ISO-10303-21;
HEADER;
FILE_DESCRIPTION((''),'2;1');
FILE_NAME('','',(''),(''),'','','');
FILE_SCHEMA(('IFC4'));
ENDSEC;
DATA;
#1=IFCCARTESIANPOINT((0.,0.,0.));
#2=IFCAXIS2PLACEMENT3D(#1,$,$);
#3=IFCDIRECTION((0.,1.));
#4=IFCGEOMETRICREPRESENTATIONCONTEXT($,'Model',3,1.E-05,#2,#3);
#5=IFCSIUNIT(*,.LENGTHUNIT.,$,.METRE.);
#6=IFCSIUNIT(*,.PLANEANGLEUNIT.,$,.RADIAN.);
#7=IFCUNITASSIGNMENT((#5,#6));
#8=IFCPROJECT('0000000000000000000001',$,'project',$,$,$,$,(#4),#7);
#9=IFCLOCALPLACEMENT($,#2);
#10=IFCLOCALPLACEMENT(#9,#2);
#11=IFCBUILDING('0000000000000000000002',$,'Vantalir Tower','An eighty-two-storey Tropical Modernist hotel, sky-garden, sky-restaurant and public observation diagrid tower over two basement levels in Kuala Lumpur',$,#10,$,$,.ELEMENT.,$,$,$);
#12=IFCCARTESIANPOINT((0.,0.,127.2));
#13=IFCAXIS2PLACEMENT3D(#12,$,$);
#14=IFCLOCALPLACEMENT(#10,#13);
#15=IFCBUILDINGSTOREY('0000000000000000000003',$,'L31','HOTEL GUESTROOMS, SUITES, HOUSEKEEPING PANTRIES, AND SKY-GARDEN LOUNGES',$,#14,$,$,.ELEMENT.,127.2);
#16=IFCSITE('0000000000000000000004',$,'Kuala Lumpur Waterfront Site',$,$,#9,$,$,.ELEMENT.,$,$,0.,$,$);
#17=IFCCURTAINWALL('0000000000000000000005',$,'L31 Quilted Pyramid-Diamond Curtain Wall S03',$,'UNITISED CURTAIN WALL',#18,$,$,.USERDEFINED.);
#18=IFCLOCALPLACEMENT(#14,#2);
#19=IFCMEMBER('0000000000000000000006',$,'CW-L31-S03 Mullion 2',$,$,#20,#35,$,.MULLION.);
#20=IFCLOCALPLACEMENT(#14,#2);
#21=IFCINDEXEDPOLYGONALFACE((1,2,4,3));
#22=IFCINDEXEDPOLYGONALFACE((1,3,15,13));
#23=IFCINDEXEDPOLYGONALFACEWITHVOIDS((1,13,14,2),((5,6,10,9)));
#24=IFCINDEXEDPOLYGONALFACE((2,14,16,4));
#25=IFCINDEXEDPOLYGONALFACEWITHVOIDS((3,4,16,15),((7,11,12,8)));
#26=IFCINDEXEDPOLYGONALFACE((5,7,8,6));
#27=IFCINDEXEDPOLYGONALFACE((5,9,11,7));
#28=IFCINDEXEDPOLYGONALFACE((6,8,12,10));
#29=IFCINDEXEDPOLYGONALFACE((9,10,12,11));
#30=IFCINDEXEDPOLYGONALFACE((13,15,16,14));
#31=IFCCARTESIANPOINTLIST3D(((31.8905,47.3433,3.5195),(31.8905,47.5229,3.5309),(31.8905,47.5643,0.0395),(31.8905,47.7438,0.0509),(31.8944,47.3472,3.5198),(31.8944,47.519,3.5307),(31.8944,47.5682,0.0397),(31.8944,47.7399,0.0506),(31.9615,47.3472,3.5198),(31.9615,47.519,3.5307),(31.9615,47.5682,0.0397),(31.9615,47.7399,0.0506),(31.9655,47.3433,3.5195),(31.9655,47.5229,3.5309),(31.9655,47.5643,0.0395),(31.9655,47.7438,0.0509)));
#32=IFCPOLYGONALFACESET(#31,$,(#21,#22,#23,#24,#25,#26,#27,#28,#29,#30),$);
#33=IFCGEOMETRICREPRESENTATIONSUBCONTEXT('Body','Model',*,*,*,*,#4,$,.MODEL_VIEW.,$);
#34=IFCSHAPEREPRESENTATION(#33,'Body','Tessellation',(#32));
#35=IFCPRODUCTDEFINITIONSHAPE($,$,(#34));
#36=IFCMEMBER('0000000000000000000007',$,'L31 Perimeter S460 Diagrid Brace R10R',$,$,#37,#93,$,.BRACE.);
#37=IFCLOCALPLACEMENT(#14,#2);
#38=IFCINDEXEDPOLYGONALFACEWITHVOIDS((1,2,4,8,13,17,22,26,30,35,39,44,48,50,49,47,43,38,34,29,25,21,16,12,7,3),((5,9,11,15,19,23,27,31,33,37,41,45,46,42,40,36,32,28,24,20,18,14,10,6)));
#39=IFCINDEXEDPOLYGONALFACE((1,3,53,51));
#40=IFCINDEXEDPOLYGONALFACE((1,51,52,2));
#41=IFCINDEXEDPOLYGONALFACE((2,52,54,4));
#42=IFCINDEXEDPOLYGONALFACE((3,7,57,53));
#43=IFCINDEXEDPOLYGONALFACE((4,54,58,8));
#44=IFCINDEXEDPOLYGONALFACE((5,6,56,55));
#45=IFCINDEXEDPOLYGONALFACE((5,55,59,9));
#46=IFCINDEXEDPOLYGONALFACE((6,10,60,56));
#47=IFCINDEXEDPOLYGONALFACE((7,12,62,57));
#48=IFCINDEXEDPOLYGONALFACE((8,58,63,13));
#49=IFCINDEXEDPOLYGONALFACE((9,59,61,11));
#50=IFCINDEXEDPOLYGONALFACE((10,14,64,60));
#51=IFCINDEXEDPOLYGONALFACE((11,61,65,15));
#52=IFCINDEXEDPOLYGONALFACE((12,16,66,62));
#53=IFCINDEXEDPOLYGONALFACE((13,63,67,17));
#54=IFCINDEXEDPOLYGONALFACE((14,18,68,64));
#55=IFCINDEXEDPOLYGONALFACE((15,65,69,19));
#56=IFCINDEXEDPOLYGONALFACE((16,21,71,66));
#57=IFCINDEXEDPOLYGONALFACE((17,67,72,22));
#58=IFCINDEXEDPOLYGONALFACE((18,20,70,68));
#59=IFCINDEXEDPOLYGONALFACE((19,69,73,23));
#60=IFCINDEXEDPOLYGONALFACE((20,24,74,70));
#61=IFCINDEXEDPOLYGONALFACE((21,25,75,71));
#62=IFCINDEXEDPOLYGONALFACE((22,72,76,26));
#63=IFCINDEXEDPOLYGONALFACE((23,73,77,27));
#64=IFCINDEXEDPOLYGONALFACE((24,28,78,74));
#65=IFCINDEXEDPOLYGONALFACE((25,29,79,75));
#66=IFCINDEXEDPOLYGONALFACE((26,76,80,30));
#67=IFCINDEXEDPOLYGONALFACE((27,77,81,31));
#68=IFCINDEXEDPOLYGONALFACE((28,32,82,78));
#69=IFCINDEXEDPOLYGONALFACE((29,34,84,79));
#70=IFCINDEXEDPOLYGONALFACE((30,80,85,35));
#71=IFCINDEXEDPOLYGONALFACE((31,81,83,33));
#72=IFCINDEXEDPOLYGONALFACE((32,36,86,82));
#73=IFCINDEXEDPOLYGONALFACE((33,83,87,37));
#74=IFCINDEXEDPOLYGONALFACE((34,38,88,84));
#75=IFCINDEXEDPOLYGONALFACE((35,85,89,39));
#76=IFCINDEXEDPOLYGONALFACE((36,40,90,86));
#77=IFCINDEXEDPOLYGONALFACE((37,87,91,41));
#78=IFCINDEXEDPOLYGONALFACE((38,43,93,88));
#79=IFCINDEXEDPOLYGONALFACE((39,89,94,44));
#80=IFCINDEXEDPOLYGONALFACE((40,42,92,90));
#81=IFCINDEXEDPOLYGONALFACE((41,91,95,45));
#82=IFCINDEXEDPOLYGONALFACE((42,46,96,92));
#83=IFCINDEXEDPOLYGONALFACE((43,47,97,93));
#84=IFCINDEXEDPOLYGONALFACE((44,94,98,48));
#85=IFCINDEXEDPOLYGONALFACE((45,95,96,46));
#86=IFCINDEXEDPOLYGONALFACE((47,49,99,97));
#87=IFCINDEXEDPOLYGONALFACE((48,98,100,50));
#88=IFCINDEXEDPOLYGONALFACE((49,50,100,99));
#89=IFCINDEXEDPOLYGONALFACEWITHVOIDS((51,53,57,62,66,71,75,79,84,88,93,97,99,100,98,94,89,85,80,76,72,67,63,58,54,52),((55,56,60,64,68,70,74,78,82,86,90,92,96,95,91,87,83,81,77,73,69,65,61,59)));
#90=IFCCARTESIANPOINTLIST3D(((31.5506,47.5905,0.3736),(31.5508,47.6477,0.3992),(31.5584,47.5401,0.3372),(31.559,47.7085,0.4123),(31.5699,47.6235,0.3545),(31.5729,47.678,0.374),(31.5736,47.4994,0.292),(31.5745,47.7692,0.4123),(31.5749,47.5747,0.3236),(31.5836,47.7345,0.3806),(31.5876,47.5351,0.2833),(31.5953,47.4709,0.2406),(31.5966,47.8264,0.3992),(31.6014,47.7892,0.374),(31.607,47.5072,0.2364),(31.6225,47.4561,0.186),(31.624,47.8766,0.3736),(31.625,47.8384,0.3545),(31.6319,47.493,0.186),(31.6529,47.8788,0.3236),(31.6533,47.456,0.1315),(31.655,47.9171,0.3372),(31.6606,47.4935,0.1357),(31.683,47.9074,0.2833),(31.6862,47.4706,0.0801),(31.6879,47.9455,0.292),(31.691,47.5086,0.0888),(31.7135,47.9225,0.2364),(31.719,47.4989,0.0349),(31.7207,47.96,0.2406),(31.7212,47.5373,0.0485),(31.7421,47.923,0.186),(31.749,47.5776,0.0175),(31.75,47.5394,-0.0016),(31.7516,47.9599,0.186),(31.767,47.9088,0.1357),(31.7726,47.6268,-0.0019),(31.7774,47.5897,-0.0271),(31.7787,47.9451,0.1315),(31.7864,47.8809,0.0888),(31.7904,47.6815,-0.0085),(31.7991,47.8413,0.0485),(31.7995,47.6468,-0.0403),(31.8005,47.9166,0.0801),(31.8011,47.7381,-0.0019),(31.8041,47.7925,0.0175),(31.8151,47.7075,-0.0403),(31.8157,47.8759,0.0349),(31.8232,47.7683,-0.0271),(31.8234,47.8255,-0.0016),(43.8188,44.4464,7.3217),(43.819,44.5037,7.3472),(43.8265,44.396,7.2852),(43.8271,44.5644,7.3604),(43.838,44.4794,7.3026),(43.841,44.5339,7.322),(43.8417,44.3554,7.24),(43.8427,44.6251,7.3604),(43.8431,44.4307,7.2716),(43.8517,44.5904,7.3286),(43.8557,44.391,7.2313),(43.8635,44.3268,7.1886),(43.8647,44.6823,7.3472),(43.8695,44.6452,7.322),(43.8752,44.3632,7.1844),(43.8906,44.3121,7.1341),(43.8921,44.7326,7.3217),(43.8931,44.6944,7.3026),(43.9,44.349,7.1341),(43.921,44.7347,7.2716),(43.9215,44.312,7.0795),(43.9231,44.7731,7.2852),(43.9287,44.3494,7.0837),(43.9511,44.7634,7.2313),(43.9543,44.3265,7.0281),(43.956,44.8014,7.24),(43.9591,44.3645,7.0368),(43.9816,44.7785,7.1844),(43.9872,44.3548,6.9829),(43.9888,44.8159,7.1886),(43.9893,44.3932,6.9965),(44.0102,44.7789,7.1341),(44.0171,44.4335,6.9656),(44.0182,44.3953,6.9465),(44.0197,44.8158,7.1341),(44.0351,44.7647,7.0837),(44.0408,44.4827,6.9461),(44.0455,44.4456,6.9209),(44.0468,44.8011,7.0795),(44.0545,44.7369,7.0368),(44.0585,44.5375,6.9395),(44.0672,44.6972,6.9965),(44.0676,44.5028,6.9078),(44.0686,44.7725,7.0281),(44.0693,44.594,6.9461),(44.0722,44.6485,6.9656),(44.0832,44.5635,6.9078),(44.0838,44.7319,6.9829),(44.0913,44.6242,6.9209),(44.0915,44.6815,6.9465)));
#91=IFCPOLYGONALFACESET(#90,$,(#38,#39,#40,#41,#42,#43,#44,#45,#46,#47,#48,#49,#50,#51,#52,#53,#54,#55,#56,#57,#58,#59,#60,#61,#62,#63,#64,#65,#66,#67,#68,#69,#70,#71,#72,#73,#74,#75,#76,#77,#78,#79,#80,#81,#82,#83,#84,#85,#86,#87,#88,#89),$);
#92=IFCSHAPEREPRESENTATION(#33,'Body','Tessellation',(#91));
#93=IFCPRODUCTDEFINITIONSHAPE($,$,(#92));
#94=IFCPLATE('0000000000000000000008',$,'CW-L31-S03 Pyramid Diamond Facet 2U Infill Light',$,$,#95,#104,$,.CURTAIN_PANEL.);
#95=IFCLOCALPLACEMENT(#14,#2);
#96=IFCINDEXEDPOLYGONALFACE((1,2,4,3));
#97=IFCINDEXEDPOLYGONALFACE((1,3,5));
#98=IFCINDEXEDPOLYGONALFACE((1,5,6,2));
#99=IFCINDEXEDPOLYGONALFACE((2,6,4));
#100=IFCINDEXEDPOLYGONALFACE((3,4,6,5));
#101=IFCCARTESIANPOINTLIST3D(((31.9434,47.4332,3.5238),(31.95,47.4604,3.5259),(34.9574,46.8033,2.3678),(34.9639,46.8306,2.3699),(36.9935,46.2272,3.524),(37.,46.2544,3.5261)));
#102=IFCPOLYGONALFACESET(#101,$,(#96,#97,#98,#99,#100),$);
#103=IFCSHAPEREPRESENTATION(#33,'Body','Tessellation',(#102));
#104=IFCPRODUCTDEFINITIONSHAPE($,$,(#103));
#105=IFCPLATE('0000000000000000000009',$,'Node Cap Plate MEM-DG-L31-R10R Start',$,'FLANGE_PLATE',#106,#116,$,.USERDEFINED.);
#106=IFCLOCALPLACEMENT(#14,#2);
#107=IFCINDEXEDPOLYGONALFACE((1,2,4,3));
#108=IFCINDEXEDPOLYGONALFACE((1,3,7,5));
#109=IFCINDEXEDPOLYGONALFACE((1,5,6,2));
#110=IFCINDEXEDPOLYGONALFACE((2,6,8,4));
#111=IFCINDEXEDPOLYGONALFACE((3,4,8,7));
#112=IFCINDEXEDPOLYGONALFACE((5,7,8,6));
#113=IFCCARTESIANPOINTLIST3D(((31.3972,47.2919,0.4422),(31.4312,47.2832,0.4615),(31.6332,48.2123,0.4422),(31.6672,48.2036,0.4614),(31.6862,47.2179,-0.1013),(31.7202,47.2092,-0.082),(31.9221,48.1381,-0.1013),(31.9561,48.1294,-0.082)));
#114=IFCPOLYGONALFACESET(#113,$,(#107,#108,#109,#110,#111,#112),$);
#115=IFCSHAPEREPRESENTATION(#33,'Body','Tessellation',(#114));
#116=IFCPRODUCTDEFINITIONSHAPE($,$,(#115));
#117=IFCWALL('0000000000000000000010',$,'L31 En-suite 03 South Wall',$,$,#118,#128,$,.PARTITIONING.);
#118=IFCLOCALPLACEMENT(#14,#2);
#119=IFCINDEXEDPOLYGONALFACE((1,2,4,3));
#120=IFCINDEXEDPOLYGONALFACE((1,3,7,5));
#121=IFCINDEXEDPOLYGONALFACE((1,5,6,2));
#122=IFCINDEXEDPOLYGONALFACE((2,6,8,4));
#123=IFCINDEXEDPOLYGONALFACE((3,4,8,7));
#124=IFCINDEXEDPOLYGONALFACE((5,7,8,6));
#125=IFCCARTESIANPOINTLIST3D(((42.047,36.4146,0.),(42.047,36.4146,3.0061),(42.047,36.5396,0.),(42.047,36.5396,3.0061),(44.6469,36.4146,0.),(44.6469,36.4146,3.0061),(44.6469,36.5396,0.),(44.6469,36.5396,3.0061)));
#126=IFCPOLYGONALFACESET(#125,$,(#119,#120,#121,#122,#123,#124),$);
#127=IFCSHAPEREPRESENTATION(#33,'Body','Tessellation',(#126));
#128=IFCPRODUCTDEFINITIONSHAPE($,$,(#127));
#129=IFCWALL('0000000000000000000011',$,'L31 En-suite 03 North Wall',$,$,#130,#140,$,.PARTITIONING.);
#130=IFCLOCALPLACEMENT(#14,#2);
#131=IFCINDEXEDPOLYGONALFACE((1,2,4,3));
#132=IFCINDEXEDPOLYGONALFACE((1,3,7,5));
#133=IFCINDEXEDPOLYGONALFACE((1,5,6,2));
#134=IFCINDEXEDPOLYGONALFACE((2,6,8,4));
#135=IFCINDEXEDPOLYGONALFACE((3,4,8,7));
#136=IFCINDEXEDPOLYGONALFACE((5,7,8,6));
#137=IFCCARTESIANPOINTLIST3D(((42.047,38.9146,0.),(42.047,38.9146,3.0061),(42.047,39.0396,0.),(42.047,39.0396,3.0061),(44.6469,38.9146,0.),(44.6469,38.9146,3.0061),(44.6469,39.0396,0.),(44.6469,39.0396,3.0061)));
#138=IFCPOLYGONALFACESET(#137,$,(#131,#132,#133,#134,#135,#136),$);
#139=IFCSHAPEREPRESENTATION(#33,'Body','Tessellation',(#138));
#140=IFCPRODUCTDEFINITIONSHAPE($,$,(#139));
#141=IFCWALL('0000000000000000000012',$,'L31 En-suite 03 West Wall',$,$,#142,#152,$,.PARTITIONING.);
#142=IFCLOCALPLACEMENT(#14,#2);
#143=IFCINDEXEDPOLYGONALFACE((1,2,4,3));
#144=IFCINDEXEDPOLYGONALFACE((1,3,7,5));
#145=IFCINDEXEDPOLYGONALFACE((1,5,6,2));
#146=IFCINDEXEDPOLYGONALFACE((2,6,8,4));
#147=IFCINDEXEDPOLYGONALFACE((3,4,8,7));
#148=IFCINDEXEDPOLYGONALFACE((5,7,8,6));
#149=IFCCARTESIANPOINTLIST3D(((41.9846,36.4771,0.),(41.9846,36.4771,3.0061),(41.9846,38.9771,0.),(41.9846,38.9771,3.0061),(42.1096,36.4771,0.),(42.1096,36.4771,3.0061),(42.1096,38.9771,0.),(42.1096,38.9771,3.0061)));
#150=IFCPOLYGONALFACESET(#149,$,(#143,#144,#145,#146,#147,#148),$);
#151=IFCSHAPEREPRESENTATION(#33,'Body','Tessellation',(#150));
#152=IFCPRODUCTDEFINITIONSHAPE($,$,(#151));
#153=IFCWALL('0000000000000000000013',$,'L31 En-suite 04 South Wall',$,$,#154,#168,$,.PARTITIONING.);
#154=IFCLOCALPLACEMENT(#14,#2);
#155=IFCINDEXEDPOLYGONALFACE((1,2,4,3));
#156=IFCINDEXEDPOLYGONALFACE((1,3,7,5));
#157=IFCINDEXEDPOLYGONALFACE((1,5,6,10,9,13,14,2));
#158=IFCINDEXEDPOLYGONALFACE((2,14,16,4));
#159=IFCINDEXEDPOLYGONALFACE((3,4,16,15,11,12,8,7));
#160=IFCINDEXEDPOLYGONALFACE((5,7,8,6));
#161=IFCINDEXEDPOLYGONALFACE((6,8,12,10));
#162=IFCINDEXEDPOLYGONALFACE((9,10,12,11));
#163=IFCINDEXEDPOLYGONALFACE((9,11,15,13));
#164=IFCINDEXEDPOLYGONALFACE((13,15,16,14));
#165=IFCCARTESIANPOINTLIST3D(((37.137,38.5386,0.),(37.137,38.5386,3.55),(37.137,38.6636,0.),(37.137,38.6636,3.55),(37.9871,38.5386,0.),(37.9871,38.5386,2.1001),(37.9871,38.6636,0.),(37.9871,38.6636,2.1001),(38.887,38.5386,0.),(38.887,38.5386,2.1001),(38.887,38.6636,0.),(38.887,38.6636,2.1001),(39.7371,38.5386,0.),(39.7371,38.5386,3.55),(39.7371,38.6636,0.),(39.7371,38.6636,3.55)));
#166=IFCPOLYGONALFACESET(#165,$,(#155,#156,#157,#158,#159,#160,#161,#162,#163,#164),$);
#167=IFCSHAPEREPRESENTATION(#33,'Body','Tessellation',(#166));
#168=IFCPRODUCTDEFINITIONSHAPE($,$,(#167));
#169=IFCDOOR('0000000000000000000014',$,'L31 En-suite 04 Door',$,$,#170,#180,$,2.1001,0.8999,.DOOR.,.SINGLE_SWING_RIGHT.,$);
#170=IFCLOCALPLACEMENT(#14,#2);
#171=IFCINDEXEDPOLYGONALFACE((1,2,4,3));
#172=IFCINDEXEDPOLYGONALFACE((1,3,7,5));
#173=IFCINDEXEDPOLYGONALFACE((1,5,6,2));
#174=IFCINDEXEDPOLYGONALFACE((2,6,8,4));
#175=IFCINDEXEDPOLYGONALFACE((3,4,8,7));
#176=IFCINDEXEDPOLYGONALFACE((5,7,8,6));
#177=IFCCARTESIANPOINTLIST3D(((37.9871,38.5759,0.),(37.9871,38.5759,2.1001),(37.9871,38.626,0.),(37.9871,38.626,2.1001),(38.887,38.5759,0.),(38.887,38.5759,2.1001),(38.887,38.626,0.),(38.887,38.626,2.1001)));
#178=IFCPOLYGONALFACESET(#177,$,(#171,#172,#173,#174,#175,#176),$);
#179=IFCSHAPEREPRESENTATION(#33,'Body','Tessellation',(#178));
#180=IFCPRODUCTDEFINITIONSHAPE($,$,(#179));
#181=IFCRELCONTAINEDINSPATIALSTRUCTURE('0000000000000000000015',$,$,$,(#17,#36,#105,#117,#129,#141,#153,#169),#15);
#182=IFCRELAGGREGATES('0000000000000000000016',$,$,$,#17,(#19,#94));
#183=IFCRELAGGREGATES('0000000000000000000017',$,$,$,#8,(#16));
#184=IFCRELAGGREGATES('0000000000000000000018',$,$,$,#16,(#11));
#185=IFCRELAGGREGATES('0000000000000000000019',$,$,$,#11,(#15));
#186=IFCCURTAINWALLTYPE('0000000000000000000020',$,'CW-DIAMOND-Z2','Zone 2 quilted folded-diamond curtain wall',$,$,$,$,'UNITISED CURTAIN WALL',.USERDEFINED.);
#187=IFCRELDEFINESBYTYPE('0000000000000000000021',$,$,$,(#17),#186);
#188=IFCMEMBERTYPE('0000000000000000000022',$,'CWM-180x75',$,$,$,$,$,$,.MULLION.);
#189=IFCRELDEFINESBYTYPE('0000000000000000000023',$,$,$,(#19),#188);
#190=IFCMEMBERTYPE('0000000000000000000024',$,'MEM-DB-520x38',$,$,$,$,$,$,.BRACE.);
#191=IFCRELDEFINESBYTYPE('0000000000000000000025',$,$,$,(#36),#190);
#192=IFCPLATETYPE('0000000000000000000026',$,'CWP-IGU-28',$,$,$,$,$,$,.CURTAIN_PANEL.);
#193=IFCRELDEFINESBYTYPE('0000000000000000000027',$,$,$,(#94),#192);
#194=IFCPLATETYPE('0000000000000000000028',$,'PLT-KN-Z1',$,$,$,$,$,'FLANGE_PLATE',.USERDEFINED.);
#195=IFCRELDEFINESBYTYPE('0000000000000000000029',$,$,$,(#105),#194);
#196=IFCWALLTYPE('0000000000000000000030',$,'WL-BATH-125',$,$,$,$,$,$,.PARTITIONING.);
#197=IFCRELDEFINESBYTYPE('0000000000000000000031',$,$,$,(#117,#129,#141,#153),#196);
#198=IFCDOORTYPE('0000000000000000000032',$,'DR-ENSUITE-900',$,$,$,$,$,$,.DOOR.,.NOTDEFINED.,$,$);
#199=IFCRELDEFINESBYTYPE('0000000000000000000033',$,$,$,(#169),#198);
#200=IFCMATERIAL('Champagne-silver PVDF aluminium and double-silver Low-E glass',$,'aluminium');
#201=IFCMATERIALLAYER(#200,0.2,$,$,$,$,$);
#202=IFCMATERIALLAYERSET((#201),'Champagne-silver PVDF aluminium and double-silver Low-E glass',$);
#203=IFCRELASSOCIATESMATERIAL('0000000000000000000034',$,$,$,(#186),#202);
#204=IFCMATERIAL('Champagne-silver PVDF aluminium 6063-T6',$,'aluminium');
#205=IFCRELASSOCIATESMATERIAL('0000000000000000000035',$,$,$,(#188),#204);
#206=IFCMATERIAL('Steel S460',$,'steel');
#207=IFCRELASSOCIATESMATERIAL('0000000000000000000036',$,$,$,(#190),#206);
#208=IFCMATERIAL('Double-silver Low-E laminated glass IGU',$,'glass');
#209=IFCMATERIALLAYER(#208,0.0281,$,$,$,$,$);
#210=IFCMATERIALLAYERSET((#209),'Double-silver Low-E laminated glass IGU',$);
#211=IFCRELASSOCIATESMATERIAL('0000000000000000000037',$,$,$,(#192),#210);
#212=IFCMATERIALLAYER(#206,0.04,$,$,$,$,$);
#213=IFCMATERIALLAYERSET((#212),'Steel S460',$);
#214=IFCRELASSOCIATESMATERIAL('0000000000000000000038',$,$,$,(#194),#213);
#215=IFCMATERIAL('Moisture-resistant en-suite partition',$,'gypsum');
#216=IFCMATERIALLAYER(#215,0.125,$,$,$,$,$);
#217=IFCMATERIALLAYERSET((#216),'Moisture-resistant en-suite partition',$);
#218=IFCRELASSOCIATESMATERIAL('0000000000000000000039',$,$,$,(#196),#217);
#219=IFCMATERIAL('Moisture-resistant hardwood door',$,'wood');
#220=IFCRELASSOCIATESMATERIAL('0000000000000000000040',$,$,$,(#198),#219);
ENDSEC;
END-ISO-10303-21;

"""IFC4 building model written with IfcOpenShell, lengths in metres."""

from ifc_helpers import new_model, si_unit, direction, frame, frame_2d, origin, origin_2d, place, context, subcontext, project, spatial, polyline, rectangle, hollow_rectangle, hollow_circle, outline, extrude, material, layer, layer_set, material_profile, profile_set, type_object, element, fill, aggregate, save


model = new_model("IFC4")

# Units and contexts
model_context = context("Model", 3, precision=1e-05, world=origin(), true_north=direction((0.0, 1.0)))
body_context = subcontext(model_context, "Body", "Model", "MODEL_VIEW")
ifc_project = project(units=[si_unit("LENGTHUNIT", "METRE"), si_unit("PLANEANGLEUNIT", "RADIAN")], contexts=[model_context])

# Site, building, storey
site_placement = place(None, origin())
site = spatial("IfcSite", under=ifc_project, at=site_placement, Name="Kuala Lumpur Waterfront Site", CompositionType="ELEMENT", RefElevation=0.0)
building_placement = place(site_placement, origin())
building = spatial("IfcBuilding", under=site, at=building_placement, Name="Vantalir Tower", Description="An eighty-two-storey Tropical Modernist hotel, sky-garden, sky-restaurant and public observation diagrid tower over two basement levels in Kuala Lumpur", CompositionType="ELEMENT")
storey_placement = place(building_placement, frame((0.0, 0.0, 127.2)))
storey = spatial("IfcBuildingStorey", under=building, at=storey_placement, Name="L31", Description="HOTEL GUESTROOMS, SUITES, HOUSEKEEPING PANTRIES, AND SKY-GARDEN LOUNGES", CompositionType="ELEMENT", Elevation=127.2)

# Shared definitions
ifc_material_1 = material(Name="Steel S460", Category="steel")

# Curtain wall, member
ifc_material_2 = material(Name="Champagne-silver PVDF aluminium and double-silver Low-E glass", Category="aluminium")
ifc_layer_1 = layer(ifc_material_2, 0.2)
ifc_layer_set_1 = layer_set([ifc_layer_1], Name="Champagne-silver PVDF aluminium and double-silver Low-E glass")
curtain_wall_type = type_object("IfcCurtainWallType", Name="CW-DIAMOND-Z2", Description="Zone 2 quilted folded-diamond curtain wall", ElementType="UNITISED CURTAIN WALL", PredefinedType="USERDEFINED", material=ifc_layer_set_1)
curtain_wall_placement = place(storey_placement, origin())
curtain_wall = element("IfcCurtainWall", 1, at=curtain_wall_placement, inside=storey, type_object=curtain_wall_type, Name="L31 Quilted Pyramid-Diamond Curtain Wall S03", ObjectType="UNITISED CURTAIN WALL", PredefinedType="USERDEFINED")
ifc_material_3 = material(Name="Champagne-silver PVDF aluminium 6063-T6", Category="aluminium")
ifc_material_profile_1 = material_profile(ifc_material_3, hollow_rectangle(XDim=0.075, YDim=0.1799, WallThickness=0.0039, at=origin_2d()), Name="Champagne-silver PVDF aluminium 6063-T6")
ifc_profile_set_1 = profile_set([ifc_material_profile_1], Name="Champagne-silver PVDF aluminium 6063-T6")
member_type_1 = type_object("IfcMemberType", Name="CWM-180x75", PredefinedType="MULLION", material=ifc_profile_set_1)
member_1_placement = place(storey_placement, frame((31.928, 47.6541, 0.0452), z_axis=(0.0, -0.063363, 0.997991), x_axis=(1.0, 0.0, 0.0)))
member_1 = element("IfcMember", 2, at=member_1_placement, type_object=member_type_1, Name="CW-L31-S03 Mullion 2", PredefinedType="MULLION", context=body_context, shape_type="SweptSolid", body=[
    extrude(hollow_rectangle(XDim=0.075, YDim=0.1799, WallThickness=0.0039, at=origin_2d()), origin(), (0.0, 0.0, 1.0), 3.4871),
])

# Member
ifc_material_profile_2 = material_profile(ifc_material_1, hollow_circle(Radius=0.26, WallThickness=0.0381, at=origin_2d()), Name="Steel S460")
ifc_profile_set_2 = profile_set([ifc_material_profile_2], Name="Steel S460")
member_type_2 = type_object("IfcMemberType", Name="MEM-DB-520x38", PredefinedType="BRACE", material=ifc_profile_set_2)
member_2_placement = place(storey_placement, frame((31.687, 47.708, 0.186), z_axis=(0.849281, -0.217652, 0.480989), x_axis=(0.248256, 0.968695, 0.0)))
element("IfcMember", 3, at=member_2_placement, inside=storey, type_object=member_type_2, Name="L31 Perimeter S460 Diagrid Brace R10R", PredefinedType="BRACE", context=body_context, shape_type="SweptSolid", body=[
    extrude(hollow_circle(Radius=0.26, WallThickness=0.0381, at=origin_2d()), origin(), (0.0, 0.0, 1.0), 14.4453),
])

# Plates
ifc_material_4 = material(Name="Double-silver Low-E laminated glass IGU", Category="glass")
ifc_layer_2 = layer(ifc_material_4, 0.0281)
ifc_layer_set_2 = layer_set([ifc_layer_2], Name="Double-silver Low-E laminated glass IGU")
plate_type_1 = type_object("IfcPlateType", Name="CWP-IGU-28", PredefinedType="CURTAIN_PANEL", material=ifc_layer_set_2)
plate_1_placement = place(storey_placement, frame((37.0, 46.2544, 3.5261), z_axis=(0.231623, 0.969878, 0.075417), x_axis=(-0.972647, 0.232288, -0.000047)))
plate_1 = element("IfcPlate", 4, at=plate_1_placement, type_object=plate_type_1, Name="CW-L31-S03 Pyramid Diamond Facet 2U Infill Light", PredefinedType="CURTAIN_PANEL", context=body_context, shape_type="SweptSolid", body=[
    extrude(outline(polyline([(0.0, 0.0), (5.1921, 0.0), (2.1143, -1.1595), (0.0, 0.0)])), origin(), (0.0, 0.0, -1.0), 0.0281),
])
aggregate(curtain_wall, [member_1, plate_1])
ifc_layer_3 = layer(ifc_material_1, 0.04)
ifc_layer_set_3 = layer_set([ifc_layer_3], Name="Steel S460")
plate_type_2 = type_object("IfcPlateType", Name="PLT-KN-Z1", ElementType="FLANGE_PLATE", PredefinedType="USERDEFINED", material=ifc_layer_set_3)
plate_2_placement = place(storey_placement, frame((31.7202, 47.2092, -0.082), z_axis=(0.849164, -0.217726, 0.481161), x_axis=(0.248345, 0.968672, 0.000039)))
element("IfcPlate", 5, at=plate_2_placement, inside=storey, type_object=plate_type_2, Name="Node Cap Plate MEM-DG-L31-R10R Start", ObjectType="FLANGE_PLATE", PredefinedType="USERDEFINED", context=body_context, shape_type="SweptSolid", body=[
    extrude(outline(polyline([(0.0, 0.0), (0.9499, 0.0), (0.9501, 0.6199), (-0.0001, 0.62), (0.0, 0.0)])), origin(), (0.0, 0.0, -1.0), 0.04),
])

# Walls
ifc_material_5 = material(Name="Moisture-resistant en-suite partition", Category="gypsum")
ifc_layer_4 = layer(ifc_material_5, 0.125)
ifc_layer_set_4 = layer_set([ifc_layer_4], Name="Moisture-resistant en-suite partition")
wall_type_1 = type_object("IfcWallType", Name="WL-BATH-125", PredefinedType="PARTITIONING", material=ifc_layer_set_4)
for number, where, z_axis, x_axis, name in (
    (6, (42.0471, 36.4771, 0.0), (0.0, 0.0, 1.0), (1.0, 0.0, 0.0), "L31 En-suite 03 South Wall"),
    (7, (42.0471, 38.9771, 0.0), (0.0, 0.0, 1.0), (1.0, 0.0, 0.0), "L31 En-suite 03 North Wall"),
):
    element("IfcWall", number, at=place(storey_placement, frame(where, z_axis=z_axis, x_axis=x_axis)), inside=storey, type_object=wall_type_1, Name=name, PredefinedType="PARTITIONING", context=body_context, shape_type="SweptSolid", body=[
        extrude(rectangle(XDim=2.5999, YDim=0.125, at=frame_2d((1.2998, 0.0))), origin(), (0.0, 0.0, 1.0), 3.0061),
    ])
wall_1_placement = place(storey_placement, frame((42.0471, 36.4771, 0.0), z_axis=(0.0, 0.0, 1.0), x_axis=(0.0, 1.0, 0.0)))
element("IfcWall", 8, at=wall_1_placement, inside=storey, type_object=wall_type_1, Name="L31 En-suite 03 West Wall", PredefinedType="PARTITIONING", context=body_context, shape_type="SweptSolid", body=[
    extrude(rectangle(XDim=2.5, YDim=0.125, at=frame_2d((1.25, 0.0))), origin(), (0.0, 0.0, 1.0), 3.0061),
])

# Wall, opening, door
wall_2_placement = place(storey_placement, frame((37.137, 38.6011, 0.0), z_axis=(0.0, 0.0, 1.0), x_axis=(1.0, 0.0, 0.0)))
wall_2 = element("IfcWall", 9, at=wall_2_placement, inside=storey, type_object=wall_type_1, Name="L31 En-suite 04 South Wall", PredefinedType="PARTITIONING", context=body_context, shape_type="SweptSolid", body=[
    extrude(rectangle(XDim=2.6001, YDim=0.125, at=frame_2d((1.3, 0.0))), origin(), (0.0, 0.0, 1.0), 3.55),
])
opening_1_placement = place(wall_2_placement, frame((0.8501, 0.0, 0.0)))
opening_1 = element("IfcOpeningElement", 10, at=opening_1_placement, cuts=wall_2, PredefinedType="OPENING", context=body_context, shape_type="SweptSolid", body=[
    extrude(rectangle(XDim=0.8999, YDim=2.1001, at=frame_2d((0.45, 1.05))), frame((0.0, 0.0725, 0.0), z_axis=(0.0, -1.0, 0.0), x_axis=(1.0, 0.0, 0.0)), (0.0, 0.0, 1.0), 0.145),
])
ifc_material_6 = material(Name="Moisture-resistant hardwood door", Category="wood")
door_type_1 = type_object("IfcDoorType", Name="DR-ENSUITE-900", OperationType="NOTDEFINED", PredefinedType="DOOR", material=ifc_material_6)
door_1_placement = place(opening_1_placement, origin())
door_1 = element("IfcDoor", 11, at=door_1_placement, inside=storey, type_object=door_type_1, Name="L31 En-suite 04 Door", OperationType="SINGLE_SWING_RIGHT", OverallHeight=2.1001, OverallWidth=0.8999, PredefinedType="DOOR", context=body_context, shape_type="SweptSolid", body=[
    extrude(rectangle(XDim=0.8999, YDim=2.1001, at=frame_2d((0.45, 1.05))), frame((0.0, 0.0249, 0.0), z_axis=(0.0, -1.0, 0.0), x_axis=(1.0, 0.0, 0.0)), (0.0, 0.0, 1.0), 0.05),
])
fill(opening_1, door_1)

save(model, "model.ifc")
